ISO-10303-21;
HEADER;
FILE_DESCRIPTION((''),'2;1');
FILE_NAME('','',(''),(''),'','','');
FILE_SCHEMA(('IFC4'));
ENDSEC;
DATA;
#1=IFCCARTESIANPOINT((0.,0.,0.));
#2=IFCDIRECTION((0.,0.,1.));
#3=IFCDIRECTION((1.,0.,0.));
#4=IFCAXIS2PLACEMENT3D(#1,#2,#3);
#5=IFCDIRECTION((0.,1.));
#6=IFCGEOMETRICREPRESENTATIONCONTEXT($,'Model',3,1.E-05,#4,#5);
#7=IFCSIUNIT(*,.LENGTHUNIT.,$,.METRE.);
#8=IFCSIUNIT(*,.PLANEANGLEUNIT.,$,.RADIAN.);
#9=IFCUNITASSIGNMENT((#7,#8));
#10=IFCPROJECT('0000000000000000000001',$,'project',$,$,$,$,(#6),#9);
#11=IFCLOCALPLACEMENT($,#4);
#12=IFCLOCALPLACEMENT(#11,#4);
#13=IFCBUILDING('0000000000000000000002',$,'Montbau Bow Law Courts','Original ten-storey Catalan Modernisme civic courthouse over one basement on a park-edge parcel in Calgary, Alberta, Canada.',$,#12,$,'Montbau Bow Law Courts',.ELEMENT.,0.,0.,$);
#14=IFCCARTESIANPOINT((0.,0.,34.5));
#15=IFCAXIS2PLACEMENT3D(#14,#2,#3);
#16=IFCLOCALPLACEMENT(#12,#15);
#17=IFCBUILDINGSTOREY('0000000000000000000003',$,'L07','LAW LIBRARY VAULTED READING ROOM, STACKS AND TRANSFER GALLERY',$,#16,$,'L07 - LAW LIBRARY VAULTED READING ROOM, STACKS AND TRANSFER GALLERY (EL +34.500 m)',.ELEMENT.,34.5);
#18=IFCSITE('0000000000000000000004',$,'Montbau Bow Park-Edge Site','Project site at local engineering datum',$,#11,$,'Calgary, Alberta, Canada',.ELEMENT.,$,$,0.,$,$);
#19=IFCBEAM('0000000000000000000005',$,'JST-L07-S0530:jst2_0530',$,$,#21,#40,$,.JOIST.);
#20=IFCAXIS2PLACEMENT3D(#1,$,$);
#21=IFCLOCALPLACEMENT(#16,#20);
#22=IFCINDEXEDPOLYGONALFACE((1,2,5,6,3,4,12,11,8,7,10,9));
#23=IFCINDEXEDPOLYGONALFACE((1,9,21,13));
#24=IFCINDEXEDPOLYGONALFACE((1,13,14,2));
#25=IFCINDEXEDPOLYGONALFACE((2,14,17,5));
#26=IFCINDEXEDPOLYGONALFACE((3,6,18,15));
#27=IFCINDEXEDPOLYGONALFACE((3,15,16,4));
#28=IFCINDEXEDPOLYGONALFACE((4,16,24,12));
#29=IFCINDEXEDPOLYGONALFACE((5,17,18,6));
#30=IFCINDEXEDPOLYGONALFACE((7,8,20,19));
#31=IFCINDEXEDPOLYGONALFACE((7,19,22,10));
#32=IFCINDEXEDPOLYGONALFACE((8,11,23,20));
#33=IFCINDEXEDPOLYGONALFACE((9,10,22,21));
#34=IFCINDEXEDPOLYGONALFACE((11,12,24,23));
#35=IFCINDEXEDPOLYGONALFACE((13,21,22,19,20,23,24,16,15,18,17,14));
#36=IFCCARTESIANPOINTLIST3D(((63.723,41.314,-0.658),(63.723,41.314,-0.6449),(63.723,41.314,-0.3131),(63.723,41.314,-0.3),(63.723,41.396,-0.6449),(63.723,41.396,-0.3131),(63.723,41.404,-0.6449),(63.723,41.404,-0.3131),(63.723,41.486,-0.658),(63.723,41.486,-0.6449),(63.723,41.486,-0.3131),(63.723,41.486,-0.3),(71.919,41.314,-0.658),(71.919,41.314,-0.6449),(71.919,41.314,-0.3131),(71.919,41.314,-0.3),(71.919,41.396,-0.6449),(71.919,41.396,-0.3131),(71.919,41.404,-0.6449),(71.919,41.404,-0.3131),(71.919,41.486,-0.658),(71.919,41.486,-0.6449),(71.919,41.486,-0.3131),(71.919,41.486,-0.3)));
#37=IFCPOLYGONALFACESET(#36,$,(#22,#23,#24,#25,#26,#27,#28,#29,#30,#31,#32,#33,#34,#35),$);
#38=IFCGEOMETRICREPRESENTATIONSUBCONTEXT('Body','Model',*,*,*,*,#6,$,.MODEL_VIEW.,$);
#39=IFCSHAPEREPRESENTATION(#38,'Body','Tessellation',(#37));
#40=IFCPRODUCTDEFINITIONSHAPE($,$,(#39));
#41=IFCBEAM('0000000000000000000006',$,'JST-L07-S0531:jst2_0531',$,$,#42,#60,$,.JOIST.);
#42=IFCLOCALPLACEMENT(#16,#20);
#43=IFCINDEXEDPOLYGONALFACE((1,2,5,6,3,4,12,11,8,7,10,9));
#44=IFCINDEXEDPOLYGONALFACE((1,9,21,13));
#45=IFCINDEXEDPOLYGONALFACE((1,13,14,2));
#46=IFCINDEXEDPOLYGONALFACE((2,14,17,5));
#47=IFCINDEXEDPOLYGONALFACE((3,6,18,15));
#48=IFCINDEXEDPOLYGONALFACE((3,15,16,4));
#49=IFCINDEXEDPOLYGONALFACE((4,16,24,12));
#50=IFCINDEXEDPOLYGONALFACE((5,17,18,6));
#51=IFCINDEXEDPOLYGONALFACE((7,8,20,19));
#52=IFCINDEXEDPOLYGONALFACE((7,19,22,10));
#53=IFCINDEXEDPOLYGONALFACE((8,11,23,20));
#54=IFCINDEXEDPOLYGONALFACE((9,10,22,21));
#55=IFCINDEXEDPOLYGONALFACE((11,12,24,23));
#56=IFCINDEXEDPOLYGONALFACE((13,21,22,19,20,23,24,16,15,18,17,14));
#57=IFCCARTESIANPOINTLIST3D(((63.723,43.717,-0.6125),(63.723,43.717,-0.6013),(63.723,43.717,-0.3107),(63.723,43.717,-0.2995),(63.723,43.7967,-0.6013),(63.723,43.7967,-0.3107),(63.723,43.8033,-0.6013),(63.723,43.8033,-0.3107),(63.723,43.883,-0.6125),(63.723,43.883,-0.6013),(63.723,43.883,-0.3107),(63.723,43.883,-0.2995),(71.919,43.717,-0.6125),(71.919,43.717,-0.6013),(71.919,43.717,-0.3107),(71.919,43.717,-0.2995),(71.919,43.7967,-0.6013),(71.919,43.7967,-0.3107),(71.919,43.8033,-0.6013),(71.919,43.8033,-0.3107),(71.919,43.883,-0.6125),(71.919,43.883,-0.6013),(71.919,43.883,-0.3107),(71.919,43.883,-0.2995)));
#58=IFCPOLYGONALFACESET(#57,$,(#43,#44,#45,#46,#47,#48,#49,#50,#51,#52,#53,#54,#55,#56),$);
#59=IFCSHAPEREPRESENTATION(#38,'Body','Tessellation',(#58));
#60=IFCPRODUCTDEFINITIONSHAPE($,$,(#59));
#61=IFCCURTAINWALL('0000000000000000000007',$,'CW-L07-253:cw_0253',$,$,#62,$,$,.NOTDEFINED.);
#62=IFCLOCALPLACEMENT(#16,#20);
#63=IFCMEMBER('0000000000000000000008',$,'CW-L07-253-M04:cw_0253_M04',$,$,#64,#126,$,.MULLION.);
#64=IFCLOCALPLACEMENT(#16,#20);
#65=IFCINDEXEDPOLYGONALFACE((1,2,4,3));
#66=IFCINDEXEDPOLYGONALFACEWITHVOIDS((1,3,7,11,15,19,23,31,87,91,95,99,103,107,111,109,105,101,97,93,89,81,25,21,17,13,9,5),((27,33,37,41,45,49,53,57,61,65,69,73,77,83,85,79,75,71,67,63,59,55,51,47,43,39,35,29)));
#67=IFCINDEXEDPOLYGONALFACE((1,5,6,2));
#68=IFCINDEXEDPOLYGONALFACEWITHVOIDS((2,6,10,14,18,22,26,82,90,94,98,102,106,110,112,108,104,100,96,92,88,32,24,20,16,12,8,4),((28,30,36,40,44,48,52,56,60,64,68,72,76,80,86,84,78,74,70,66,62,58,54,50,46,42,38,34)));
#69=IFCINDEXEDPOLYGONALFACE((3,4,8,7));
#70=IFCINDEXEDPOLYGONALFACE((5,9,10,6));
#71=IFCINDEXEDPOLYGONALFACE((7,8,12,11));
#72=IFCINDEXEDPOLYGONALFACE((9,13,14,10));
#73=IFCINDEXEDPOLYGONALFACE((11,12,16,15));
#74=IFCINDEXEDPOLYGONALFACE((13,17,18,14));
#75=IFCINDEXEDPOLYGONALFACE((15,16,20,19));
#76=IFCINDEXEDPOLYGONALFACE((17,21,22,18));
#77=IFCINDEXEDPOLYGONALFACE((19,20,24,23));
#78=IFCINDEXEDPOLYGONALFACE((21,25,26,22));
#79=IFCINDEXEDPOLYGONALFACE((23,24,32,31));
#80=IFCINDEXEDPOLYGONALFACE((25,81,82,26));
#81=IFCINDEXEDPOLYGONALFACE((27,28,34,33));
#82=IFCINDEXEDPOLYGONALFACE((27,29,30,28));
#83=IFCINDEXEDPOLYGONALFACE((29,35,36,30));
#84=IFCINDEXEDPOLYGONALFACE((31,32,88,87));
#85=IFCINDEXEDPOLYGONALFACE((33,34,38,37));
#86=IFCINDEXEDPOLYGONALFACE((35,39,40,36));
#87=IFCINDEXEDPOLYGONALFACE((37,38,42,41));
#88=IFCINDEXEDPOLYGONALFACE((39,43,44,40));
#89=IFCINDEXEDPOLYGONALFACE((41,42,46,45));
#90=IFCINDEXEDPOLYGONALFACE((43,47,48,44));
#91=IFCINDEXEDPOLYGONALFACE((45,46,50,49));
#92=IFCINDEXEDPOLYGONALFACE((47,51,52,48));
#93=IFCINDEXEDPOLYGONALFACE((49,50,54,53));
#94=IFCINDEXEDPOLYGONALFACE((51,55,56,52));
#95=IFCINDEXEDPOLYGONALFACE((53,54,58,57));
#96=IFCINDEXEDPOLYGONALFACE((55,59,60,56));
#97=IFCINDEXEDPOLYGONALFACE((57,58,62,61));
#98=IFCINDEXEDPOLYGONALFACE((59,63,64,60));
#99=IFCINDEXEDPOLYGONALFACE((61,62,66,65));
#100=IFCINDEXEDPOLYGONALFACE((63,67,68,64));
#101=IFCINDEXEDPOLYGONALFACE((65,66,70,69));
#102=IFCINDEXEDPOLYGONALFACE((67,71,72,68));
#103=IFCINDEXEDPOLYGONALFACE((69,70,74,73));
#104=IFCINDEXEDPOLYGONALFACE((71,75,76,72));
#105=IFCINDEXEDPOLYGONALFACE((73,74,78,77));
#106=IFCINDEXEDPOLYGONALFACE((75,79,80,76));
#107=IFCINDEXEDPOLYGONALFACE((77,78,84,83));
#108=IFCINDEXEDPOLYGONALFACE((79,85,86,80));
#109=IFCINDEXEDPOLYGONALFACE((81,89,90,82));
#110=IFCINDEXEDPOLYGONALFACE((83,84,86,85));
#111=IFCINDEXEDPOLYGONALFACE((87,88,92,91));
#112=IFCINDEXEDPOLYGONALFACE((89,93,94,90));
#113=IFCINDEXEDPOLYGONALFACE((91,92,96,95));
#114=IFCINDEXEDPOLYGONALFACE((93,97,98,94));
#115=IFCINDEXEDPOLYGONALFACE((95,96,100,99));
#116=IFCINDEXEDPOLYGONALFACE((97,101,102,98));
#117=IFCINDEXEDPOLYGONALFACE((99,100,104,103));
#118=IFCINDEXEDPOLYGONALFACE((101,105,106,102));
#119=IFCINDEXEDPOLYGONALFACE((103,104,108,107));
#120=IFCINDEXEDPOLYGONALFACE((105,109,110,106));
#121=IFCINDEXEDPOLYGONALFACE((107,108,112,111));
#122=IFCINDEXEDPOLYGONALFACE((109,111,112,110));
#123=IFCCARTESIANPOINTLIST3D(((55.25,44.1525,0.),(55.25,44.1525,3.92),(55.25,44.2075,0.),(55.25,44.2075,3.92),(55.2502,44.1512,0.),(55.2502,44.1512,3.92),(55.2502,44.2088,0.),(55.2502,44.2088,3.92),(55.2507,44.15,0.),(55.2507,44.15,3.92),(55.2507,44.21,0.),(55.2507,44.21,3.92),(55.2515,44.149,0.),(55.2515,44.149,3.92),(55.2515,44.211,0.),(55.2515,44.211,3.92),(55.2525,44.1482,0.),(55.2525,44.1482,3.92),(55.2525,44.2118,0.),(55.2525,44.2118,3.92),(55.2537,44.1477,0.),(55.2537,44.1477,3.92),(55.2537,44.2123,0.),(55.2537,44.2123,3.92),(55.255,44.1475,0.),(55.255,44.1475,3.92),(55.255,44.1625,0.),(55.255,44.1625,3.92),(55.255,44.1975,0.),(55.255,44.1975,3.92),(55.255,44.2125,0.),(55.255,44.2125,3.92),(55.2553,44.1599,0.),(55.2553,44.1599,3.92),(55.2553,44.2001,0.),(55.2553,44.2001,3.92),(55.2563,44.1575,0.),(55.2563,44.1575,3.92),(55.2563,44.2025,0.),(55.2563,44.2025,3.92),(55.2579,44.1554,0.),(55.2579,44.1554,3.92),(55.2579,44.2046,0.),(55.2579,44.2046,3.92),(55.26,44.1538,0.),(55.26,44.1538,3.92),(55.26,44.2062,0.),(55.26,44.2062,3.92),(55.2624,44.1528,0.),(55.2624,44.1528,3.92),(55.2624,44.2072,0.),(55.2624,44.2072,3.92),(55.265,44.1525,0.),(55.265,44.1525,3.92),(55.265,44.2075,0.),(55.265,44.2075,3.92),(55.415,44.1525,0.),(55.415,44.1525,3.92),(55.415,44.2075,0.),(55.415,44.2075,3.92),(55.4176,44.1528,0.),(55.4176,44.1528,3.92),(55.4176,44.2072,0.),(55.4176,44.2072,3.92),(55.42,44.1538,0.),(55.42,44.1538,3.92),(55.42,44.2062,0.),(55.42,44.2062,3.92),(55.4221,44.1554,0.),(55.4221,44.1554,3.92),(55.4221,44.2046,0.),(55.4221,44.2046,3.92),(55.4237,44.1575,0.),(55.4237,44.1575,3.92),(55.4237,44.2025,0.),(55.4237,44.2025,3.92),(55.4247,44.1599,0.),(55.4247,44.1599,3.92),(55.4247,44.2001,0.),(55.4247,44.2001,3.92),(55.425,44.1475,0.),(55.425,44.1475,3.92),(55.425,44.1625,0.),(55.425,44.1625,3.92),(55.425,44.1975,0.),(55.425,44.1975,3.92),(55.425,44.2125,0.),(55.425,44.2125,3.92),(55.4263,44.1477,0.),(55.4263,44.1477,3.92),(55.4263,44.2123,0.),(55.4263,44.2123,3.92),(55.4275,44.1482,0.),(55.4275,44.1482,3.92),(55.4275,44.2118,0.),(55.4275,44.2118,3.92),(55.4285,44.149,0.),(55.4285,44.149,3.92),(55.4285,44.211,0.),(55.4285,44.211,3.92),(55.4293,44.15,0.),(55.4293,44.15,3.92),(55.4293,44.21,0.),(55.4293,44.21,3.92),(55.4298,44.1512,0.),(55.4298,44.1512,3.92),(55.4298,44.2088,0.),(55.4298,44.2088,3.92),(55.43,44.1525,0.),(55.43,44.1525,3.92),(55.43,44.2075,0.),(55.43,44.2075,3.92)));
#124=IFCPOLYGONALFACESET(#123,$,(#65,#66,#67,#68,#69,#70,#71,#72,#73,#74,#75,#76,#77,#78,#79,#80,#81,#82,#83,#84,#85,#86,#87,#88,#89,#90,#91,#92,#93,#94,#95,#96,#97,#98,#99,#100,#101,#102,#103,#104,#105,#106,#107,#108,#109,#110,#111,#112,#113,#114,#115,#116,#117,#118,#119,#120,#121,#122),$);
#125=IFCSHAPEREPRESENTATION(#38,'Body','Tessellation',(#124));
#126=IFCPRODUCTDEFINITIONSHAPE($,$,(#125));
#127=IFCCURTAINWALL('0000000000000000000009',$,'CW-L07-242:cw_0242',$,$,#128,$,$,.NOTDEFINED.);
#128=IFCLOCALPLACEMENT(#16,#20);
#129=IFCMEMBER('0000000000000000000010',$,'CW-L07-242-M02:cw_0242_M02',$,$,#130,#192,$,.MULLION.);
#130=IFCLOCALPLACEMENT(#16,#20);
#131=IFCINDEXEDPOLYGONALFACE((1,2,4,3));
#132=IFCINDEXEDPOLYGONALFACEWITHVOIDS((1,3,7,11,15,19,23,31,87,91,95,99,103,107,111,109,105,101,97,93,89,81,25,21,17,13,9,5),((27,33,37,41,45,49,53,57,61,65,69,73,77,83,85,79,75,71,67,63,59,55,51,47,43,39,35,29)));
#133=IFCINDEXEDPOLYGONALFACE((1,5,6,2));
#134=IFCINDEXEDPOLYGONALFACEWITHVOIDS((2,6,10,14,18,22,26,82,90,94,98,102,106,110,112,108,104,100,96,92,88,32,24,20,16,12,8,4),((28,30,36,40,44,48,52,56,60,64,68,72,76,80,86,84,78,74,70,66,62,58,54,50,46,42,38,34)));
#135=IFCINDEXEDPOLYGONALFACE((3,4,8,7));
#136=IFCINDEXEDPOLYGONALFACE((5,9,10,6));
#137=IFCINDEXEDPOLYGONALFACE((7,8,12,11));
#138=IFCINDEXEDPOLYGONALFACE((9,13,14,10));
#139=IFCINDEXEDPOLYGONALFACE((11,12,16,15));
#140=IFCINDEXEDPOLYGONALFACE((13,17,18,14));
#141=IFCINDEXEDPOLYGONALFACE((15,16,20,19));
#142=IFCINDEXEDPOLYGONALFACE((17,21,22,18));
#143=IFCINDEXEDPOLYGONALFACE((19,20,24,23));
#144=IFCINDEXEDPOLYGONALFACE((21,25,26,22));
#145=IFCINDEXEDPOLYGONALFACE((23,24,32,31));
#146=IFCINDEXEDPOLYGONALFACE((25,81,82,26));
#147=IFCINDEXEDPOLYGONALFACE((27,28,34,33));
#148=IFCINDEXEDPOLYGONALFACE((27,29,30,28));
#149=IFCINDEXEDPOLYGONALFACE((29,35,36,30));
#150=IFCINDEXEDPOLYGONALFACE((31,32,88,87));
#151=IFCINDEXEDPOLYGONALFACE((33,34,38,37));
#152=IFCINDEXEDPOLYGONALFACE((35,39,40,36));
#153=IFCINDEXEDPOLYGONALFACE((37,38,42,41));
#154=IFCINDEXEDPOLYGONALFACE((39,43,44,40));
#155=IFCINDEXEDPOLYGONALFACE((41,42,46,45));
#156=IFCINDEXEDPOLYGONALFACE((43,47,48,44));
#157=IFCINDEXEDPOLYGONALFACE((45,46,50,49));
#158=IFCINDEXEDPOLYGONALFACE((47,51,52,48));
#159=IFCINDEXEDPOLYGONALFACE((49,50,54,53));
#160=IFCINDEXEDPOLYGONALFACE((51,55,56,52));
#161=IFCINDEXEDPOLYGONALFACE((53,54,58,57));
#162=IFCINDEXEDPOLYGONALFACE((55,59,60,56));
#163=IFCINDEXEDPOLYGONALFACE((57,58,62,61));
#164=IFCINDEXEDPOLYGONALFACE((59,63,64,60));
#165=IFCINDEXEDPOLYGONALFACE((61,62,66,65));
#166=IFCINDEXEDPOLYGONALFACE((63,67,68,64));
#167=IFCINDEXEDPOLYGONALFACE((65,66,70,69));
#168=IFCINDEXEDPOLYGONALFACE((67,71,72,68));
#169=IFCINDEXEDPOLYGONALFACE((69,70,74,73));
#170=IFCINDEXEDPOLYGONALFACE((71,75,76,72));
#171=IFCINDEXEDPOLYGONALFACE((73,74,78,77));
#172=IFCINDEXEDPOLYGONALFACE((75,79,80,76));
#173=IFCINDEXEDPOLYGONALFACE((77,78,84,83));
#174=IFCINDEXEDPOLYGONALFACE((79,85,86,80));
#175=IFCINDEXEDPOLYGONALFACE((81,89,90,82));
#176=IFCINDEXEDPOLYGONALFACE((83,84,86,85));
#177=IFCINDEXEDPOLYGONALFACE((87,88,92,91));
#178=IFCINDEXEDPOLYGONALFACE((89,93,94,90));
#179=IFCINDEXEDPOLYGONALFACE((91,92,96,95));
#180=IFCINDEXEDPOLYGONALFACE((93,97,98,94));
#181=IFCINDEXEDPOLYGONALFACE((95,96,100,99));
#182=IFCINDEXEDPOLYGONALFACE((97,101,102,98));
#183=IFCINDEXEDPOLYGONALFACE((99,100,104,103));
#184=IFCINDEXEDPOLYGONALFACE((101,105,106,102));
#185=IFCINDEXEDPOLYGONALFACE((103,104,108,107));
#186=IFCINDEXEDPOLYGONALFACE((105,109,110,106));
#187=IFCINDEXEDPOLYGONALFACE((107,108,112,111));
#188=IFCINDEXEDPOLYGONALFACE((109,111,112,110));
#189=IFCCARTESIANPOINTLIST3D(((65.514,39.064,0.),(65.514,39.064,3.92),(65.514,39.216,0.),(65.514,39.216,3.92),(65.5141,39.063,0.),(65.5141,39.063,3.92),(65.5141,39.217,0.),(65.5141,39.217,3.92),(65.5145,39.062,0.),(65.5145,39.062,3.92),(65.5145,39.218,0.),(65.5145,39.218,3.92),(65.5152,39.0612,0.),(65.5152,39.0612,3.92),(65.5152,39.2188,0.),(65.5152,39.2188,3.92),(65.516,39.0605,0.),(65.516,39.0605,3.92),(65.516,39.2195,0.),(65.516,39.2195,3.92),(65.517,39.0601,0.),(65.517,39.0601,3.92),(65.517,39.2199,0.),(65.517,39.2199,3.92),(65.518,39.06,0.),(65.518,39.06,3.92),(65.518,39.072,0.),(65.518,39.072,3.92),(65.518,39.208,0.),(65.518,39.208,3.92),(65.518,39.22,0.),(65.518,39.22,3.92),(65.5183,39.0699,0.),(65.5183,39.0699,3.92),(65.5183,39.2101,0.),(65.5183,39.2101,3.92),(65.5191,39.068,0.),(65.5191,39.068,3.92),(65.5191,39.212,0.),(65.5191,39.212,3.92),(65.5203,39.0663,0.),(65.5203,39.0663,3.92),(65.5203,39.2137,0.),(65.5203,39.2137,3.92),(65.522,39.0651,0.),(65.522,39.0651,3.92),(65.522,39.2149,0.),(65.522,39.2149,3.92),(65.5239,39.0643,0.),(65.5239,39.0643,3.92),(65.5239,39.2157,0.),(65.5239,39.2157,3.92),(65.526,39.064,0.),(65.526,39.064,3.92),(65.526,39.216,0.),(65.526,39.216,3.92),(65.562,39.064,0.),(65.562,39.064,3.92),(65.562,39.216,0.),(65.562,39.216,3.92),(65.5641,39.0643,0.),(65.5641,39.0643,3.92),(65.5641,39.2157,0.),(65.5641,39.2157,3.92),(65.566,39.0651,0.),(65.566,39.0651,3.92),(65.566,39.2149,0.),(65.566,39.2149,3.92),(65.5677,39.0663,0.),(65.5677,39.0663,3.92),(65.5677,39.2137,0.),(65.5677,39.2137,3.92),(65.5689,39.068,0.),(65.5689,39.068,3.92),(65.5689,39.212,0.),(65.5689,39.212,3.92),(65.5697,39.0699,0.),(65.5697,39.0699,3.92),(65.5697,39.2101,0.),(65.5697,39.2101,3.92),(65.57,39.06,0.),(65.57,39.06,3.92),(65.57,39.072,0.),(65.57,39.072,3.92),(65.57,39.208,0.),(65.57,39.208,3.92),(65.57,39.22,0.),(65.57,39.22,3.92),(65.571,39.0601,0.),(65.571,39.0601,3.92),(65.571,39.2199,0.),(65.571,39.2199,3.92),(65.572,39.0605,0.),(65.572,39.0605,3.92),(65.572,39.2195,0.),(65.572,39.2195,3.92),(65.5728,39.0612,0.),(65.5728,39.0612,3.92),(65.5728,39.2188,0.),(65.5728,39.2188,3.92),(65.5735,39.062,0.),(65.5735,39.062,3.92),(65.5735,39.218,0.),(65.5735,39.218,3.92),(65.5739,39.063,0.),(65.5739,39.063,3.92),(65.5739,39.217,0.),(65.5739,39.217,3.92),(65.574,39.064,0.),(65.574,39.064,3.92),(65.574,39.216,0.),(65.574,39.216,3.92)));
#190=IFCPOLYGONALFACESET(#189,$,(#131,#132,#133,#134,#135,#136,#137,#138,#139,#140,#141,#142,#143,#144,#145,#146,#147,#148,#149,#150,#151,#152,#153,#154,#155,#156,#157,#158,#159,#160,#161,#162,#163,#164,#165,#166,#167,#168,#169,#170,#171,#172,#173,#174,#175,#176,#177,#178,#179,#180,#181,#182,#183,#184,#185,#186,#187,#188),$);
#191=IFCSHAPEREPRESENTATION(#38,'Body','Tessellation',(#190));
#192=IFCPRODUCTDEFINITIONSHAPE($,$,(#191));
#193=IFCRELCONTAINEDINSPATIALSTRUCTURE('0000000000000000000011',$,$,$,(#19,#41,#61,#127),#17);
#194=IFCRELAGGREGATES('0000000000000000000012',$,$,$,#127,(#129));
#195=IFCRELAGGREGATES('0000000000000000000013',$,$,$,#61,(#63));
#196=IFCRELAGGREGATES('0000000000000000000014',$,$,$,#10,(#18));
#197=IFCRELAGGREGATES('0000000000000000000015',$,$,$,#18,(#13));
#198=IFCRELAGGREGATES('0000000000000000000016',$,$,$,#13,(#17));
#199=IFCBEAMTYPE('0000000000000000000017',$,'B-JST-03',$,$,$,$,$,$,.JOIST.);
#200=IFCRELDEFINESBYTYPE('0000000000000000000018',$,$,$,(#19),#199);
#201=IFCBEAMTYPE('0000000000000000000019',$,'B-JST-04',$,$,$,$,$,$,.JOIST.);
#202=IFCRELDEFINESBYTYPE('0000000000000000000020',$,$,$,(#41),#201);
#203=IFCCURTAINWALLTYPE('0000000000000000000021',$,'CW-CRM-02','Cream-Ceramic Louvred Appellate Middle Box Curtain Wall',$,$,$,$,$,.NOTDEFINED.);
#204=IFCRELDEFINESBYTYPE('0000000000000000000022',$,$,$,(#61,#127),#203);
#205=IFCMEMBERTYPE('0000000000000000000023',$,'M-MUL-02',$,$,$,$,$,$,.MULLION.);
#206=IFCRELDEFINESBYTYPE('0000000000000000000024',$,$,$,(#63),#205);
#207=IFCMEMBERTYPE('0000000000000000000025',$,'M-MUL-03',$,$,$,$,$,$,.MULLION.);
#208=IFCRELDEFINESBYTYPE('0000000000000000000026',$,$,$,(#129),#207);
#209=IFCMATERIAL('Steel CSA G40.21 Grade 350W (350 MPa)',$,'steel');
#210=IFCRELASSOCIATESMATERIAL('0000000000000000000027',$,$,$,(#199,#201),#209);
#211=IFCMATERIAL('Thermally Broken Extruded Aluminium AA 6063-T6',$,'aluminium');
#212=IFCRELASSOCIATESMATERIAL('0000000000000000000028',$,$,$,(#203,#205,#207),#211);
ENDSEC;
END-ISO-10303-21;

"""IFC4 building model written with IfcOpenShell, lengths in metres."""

from ifc_helpers import new_model, si_unit, direction, frame, origin_with_axes, origin_2d_with_axis, place, context, subcontext, project, spatial, hollow_rectangle, i_section, extrude, material, material_profile, profile_set, type_object, element, aggregate, save


model = new_model("IFC4")

# Units and contexts
model_context = context("Model", 3, precision=1e-05, world=origin_with_axes(), true_north=direction((0.0, 1.0)))
body_context = subcontext(model_context, "Body", "Model", "MODEL_VIEW")
ifc_project = project(units=[si_unit("LENGTHUNIT", "METRE"), si_unit("PLANEANGLEUNIT", "RADIAN")], contexts=[model_context])

# Site, building, storey
site_placement = place(None, origin_with_axes())
site = spatial("IfcSite", under=ifc_project, at=site_placement, Name="Montbau Bow Park-Edge Site", Description="Project site at local engineering datum", LongName="Calgary, Alberta, Canada", CompositionType="ELEMENT", RefElevation=0.0)
building_placement = place(site_placement, origin_with_axes())
building = spatial("IfcBuilding", under=site, at=building_placement, Name="Montbau Bow Law Courts", Description="Original ten-storey Catalan Modernisme civic courthouse over one basement on a park-edge parcel in Calgary, Alberta, Canada.", LongName="Montbau Bow Law Courts", CompositionType="ELEMENT", ElevationOfRefHeight=0.0, ElevationOfTerrain=0.0)
storey_placement = place(building_placement, frame((0.0, 0.0, 34.5), z_axis=(0.0, 0.0, 1.0), x_axis=(1.0, 0.0, 0.0)))
storey = spatial("IfcBuildingStorey", under=building, at=storey_placement, Name="L07", Description="LAW LIBRARY VAULTED READING ROOM, STACKS AND TRANSFER GALLERY", LongName="L07 - LAW LIBRARY VAULTED READING ROOM, STACKS AND TRANSFER GALLERY (EL +34.500 m)", CompositionType="ELEMENT", Elevation=34.5)

# Beams
ifc_material_1 = material(Name="Steel CSA G40.21 Grade 350W (350 MPa)", Category="steel")
ifc_material_profile_1 = material_profile(ifc_material_1, i_section(OverallWidth=0.172, OverallDepth=0.358, WebThickness=0.0079, FlangeThickness=0.0131, at=origin_2d_with_axis()), Name="W360X57", Category="Main", Priority=0)
ifc_profile_set_1 = profile_set([ifc_material_profile_1], Name="Steel CSA G40.21 Grade 350W (350 MPa)")
beam_type_1 = type_object("IfcBeamType", Name="B-JST-03", PredefinedType="JOIST", material=ifc_profile_set_1)
beam_1_placement = place(None, frame((63.723, 41.4, 34.021), z_axis=(1.0, 0.0, 0.0), x_axis=(0.0, 1.0, 0.0)))
element("IfcBeam", 1, at=beam_1_placement, inside=storey, type_object=beam_type_1, Name="JST-L07-S0530:jst2_0530", PredefinedType="JOIST", context=body_context, shape_type="SweptSolid", body=[
    extrude(i_section(OverallWidth=0.172, OverallDepth=0.358, WebThickness=0.0079, FlangeThickness=0.0131, at=origin_2d_with_axis()), origin_with_axes(), (0.0, 0.0, 1.0), 8.196),
])
ifc_material_profile_2 = material_profile(ifc_material_1, i_section(OverallWidth=0.166, OverallDepth=0.313, WebThickness=0.0066, FlangeThickness=0.0112, at=origin_2d_with_axis()), Name="W310X45", Category="Main", Priority=0)
ifc_profile_set_2 = profile_set([ifc_material_profile_2], Name="Steel CSA G40.21 Grade 350W (350 MPa)")
beam_type_2 = type_object("IfcBeamType", Name="B-JST-04", PredefinedType="JOIST", material=ifc_profile_set_2)
beam_2_placement = place(None, frame((63.723, 43.8, 34.044), z_axis=(1.0, 0.0, 0.0), x_axis=(0.0, 1.0, 0.0)))
element("IfcBeam", 2, at=beam_2_placement, inside=storey, type_object=beam_type_2, Name="JST-L07-S0531:jst2_0531", PredefinedType="JOIST", context=body_context, shape_type="SweptSolid", body=[
    extrude(i_section(OverallWidth=0.166, OverallDepth=0.313, WebThickness=0.0066, FlangeThickness=0.0112, at=origin_2d_with_axis()), origin_with_axes(), (0.0, 0.0, 1.0), 8.196),
])

# Curtain wall, member
ifc_material_2 = material(Name="Thermally Broken Extruded Aluminium AA 6063-T6", Category="aluminium")
curtain_wall_type = type_object("IfcCurtainWallType", Name="CW-CRM-02", Description="Cream-Ceramic Louvred Appellate Middle Box Curtain Wall", PredefinedType="NOTDEFINED", material=ifc_material_2)
curtain_wall_1_placement = place(None, frame((55.34, 39.44, 34.5), z_axis=(0.0, 0.0, 1.0), x_axis=(1.0, 0.0, 0.0)))
curtain_wall_1 = element("IfcCurtainWall", 3, at=curtain_wall_1_placement, inside=storey, type_object=curtain_wall_type, Name="CW-L07-253:cw_0253", PredefinedType="NOTDEFINED")
ifc_material_profile_3 = material_profile(ifc_material_2, hollow_rectangle(XDim=0.065, YDim=0.18, WallThickness=0.005, InnerFilletRadius=0.01, OuterFilletRadius=0.005, at=origin_2d_with_axis()), Name="CWM-180X65", Category="Main", Priority=0)
ifc_profile_set_3 = profile_set([ifc_material_profile_3], Name="Thermally Broken Extruded Aluminium AA 6063-T6")
member_type_1 = type_object("IfcMemberType", Name="M-MUL-02", PredefinedType="MULLION", material=ifc_profile_set_3)
member_1_placement = place(None, frame((55.34, 44.18, 34.5), z_axis=(0.0, 0.0, 1.0), x_axis=(0.0, 1.0, 0.0)))
member_1 = element("IfcMember", 4, at=member_1_placement, type_object=member_type_1, Name="CW-L07-253-M04:cw_0253_M04", PredefinedType="MULLION", context=body_context, shape_type="SweptSolid", body=[
    extrude(hollow_rectangle(XDim=0.065, YDim=0.18, WallThickness=0.005, InnerFilletRadius=0.01, OuterFilletRadius=0.005, at=origin_2d_with_axis()), origin_with_axes(), (0.0, 0.0, 1.0), 3.92),
])

# Curtain wall, member
curtain_wall_2_placement = place(None, frame((64.04, 39.14, 34.5), z_axis=(0.0, 0.0, 1.0), x_axis=(1.0, 0.0, 0.0)))
curtain_wall_2 = element("IfcCurtainWall", 5, at=curtain_wall_2_placement, inside=storey, type_object=curtain_wall_type, Name="CW-L07-242:cw_0242", PredefinedType="NOTDEFINED")
ifc_material_profile_4 = material_profile(ifc_material_2, hollow_rectangle(XDim=0.06, YDim=0.16, WallThickness=0.004, InnerFilletRadius=0.008, OuterFilletRadius=0.004, at=origin_2d_with_axis()), Name="CWM-160X60", Category="Main", Priority=0)
ifc_profile_set_4 = profile_set([ifc_material_profile_4], Name="Thermally Broken Extruded Aluminium AA 6063-T6")
member_type_2 = type_object("IfcMemberType", Name="M-MUL-03", PredefinedType="MULLION", material=ifc_profile_set_4)
member_2_placement = place(None, frame((65.544, 39.14, 34.5), z_axis=(0.0, 0.0, 1.0), x_axis=(1.0, 0.0, 0.0)))
member_2 = element("IfcMember", 6, at=member_2_placement, type_object=member_type_2, Name="CW-L07-242-M02:cw_0242_M02", PredefinedType="MULLION", context=body_context, shape_type="SweptSolid", body=[
    extrude(hollow_rectangle(XDim=0.06, YDim=0.16, WallThickness=0.004, InnerFilletRadius=0.008, OuterFilletRadius=0.004, at=origin_2d_with_axis()), origin_with_axes(), (0.0, 0.0, 1.0), 3.92),
])

aggregate(curtain_wall_2, [member_2])
aggregate(curtain_wall_1, [member_1])

save(model, "model.ifc")
